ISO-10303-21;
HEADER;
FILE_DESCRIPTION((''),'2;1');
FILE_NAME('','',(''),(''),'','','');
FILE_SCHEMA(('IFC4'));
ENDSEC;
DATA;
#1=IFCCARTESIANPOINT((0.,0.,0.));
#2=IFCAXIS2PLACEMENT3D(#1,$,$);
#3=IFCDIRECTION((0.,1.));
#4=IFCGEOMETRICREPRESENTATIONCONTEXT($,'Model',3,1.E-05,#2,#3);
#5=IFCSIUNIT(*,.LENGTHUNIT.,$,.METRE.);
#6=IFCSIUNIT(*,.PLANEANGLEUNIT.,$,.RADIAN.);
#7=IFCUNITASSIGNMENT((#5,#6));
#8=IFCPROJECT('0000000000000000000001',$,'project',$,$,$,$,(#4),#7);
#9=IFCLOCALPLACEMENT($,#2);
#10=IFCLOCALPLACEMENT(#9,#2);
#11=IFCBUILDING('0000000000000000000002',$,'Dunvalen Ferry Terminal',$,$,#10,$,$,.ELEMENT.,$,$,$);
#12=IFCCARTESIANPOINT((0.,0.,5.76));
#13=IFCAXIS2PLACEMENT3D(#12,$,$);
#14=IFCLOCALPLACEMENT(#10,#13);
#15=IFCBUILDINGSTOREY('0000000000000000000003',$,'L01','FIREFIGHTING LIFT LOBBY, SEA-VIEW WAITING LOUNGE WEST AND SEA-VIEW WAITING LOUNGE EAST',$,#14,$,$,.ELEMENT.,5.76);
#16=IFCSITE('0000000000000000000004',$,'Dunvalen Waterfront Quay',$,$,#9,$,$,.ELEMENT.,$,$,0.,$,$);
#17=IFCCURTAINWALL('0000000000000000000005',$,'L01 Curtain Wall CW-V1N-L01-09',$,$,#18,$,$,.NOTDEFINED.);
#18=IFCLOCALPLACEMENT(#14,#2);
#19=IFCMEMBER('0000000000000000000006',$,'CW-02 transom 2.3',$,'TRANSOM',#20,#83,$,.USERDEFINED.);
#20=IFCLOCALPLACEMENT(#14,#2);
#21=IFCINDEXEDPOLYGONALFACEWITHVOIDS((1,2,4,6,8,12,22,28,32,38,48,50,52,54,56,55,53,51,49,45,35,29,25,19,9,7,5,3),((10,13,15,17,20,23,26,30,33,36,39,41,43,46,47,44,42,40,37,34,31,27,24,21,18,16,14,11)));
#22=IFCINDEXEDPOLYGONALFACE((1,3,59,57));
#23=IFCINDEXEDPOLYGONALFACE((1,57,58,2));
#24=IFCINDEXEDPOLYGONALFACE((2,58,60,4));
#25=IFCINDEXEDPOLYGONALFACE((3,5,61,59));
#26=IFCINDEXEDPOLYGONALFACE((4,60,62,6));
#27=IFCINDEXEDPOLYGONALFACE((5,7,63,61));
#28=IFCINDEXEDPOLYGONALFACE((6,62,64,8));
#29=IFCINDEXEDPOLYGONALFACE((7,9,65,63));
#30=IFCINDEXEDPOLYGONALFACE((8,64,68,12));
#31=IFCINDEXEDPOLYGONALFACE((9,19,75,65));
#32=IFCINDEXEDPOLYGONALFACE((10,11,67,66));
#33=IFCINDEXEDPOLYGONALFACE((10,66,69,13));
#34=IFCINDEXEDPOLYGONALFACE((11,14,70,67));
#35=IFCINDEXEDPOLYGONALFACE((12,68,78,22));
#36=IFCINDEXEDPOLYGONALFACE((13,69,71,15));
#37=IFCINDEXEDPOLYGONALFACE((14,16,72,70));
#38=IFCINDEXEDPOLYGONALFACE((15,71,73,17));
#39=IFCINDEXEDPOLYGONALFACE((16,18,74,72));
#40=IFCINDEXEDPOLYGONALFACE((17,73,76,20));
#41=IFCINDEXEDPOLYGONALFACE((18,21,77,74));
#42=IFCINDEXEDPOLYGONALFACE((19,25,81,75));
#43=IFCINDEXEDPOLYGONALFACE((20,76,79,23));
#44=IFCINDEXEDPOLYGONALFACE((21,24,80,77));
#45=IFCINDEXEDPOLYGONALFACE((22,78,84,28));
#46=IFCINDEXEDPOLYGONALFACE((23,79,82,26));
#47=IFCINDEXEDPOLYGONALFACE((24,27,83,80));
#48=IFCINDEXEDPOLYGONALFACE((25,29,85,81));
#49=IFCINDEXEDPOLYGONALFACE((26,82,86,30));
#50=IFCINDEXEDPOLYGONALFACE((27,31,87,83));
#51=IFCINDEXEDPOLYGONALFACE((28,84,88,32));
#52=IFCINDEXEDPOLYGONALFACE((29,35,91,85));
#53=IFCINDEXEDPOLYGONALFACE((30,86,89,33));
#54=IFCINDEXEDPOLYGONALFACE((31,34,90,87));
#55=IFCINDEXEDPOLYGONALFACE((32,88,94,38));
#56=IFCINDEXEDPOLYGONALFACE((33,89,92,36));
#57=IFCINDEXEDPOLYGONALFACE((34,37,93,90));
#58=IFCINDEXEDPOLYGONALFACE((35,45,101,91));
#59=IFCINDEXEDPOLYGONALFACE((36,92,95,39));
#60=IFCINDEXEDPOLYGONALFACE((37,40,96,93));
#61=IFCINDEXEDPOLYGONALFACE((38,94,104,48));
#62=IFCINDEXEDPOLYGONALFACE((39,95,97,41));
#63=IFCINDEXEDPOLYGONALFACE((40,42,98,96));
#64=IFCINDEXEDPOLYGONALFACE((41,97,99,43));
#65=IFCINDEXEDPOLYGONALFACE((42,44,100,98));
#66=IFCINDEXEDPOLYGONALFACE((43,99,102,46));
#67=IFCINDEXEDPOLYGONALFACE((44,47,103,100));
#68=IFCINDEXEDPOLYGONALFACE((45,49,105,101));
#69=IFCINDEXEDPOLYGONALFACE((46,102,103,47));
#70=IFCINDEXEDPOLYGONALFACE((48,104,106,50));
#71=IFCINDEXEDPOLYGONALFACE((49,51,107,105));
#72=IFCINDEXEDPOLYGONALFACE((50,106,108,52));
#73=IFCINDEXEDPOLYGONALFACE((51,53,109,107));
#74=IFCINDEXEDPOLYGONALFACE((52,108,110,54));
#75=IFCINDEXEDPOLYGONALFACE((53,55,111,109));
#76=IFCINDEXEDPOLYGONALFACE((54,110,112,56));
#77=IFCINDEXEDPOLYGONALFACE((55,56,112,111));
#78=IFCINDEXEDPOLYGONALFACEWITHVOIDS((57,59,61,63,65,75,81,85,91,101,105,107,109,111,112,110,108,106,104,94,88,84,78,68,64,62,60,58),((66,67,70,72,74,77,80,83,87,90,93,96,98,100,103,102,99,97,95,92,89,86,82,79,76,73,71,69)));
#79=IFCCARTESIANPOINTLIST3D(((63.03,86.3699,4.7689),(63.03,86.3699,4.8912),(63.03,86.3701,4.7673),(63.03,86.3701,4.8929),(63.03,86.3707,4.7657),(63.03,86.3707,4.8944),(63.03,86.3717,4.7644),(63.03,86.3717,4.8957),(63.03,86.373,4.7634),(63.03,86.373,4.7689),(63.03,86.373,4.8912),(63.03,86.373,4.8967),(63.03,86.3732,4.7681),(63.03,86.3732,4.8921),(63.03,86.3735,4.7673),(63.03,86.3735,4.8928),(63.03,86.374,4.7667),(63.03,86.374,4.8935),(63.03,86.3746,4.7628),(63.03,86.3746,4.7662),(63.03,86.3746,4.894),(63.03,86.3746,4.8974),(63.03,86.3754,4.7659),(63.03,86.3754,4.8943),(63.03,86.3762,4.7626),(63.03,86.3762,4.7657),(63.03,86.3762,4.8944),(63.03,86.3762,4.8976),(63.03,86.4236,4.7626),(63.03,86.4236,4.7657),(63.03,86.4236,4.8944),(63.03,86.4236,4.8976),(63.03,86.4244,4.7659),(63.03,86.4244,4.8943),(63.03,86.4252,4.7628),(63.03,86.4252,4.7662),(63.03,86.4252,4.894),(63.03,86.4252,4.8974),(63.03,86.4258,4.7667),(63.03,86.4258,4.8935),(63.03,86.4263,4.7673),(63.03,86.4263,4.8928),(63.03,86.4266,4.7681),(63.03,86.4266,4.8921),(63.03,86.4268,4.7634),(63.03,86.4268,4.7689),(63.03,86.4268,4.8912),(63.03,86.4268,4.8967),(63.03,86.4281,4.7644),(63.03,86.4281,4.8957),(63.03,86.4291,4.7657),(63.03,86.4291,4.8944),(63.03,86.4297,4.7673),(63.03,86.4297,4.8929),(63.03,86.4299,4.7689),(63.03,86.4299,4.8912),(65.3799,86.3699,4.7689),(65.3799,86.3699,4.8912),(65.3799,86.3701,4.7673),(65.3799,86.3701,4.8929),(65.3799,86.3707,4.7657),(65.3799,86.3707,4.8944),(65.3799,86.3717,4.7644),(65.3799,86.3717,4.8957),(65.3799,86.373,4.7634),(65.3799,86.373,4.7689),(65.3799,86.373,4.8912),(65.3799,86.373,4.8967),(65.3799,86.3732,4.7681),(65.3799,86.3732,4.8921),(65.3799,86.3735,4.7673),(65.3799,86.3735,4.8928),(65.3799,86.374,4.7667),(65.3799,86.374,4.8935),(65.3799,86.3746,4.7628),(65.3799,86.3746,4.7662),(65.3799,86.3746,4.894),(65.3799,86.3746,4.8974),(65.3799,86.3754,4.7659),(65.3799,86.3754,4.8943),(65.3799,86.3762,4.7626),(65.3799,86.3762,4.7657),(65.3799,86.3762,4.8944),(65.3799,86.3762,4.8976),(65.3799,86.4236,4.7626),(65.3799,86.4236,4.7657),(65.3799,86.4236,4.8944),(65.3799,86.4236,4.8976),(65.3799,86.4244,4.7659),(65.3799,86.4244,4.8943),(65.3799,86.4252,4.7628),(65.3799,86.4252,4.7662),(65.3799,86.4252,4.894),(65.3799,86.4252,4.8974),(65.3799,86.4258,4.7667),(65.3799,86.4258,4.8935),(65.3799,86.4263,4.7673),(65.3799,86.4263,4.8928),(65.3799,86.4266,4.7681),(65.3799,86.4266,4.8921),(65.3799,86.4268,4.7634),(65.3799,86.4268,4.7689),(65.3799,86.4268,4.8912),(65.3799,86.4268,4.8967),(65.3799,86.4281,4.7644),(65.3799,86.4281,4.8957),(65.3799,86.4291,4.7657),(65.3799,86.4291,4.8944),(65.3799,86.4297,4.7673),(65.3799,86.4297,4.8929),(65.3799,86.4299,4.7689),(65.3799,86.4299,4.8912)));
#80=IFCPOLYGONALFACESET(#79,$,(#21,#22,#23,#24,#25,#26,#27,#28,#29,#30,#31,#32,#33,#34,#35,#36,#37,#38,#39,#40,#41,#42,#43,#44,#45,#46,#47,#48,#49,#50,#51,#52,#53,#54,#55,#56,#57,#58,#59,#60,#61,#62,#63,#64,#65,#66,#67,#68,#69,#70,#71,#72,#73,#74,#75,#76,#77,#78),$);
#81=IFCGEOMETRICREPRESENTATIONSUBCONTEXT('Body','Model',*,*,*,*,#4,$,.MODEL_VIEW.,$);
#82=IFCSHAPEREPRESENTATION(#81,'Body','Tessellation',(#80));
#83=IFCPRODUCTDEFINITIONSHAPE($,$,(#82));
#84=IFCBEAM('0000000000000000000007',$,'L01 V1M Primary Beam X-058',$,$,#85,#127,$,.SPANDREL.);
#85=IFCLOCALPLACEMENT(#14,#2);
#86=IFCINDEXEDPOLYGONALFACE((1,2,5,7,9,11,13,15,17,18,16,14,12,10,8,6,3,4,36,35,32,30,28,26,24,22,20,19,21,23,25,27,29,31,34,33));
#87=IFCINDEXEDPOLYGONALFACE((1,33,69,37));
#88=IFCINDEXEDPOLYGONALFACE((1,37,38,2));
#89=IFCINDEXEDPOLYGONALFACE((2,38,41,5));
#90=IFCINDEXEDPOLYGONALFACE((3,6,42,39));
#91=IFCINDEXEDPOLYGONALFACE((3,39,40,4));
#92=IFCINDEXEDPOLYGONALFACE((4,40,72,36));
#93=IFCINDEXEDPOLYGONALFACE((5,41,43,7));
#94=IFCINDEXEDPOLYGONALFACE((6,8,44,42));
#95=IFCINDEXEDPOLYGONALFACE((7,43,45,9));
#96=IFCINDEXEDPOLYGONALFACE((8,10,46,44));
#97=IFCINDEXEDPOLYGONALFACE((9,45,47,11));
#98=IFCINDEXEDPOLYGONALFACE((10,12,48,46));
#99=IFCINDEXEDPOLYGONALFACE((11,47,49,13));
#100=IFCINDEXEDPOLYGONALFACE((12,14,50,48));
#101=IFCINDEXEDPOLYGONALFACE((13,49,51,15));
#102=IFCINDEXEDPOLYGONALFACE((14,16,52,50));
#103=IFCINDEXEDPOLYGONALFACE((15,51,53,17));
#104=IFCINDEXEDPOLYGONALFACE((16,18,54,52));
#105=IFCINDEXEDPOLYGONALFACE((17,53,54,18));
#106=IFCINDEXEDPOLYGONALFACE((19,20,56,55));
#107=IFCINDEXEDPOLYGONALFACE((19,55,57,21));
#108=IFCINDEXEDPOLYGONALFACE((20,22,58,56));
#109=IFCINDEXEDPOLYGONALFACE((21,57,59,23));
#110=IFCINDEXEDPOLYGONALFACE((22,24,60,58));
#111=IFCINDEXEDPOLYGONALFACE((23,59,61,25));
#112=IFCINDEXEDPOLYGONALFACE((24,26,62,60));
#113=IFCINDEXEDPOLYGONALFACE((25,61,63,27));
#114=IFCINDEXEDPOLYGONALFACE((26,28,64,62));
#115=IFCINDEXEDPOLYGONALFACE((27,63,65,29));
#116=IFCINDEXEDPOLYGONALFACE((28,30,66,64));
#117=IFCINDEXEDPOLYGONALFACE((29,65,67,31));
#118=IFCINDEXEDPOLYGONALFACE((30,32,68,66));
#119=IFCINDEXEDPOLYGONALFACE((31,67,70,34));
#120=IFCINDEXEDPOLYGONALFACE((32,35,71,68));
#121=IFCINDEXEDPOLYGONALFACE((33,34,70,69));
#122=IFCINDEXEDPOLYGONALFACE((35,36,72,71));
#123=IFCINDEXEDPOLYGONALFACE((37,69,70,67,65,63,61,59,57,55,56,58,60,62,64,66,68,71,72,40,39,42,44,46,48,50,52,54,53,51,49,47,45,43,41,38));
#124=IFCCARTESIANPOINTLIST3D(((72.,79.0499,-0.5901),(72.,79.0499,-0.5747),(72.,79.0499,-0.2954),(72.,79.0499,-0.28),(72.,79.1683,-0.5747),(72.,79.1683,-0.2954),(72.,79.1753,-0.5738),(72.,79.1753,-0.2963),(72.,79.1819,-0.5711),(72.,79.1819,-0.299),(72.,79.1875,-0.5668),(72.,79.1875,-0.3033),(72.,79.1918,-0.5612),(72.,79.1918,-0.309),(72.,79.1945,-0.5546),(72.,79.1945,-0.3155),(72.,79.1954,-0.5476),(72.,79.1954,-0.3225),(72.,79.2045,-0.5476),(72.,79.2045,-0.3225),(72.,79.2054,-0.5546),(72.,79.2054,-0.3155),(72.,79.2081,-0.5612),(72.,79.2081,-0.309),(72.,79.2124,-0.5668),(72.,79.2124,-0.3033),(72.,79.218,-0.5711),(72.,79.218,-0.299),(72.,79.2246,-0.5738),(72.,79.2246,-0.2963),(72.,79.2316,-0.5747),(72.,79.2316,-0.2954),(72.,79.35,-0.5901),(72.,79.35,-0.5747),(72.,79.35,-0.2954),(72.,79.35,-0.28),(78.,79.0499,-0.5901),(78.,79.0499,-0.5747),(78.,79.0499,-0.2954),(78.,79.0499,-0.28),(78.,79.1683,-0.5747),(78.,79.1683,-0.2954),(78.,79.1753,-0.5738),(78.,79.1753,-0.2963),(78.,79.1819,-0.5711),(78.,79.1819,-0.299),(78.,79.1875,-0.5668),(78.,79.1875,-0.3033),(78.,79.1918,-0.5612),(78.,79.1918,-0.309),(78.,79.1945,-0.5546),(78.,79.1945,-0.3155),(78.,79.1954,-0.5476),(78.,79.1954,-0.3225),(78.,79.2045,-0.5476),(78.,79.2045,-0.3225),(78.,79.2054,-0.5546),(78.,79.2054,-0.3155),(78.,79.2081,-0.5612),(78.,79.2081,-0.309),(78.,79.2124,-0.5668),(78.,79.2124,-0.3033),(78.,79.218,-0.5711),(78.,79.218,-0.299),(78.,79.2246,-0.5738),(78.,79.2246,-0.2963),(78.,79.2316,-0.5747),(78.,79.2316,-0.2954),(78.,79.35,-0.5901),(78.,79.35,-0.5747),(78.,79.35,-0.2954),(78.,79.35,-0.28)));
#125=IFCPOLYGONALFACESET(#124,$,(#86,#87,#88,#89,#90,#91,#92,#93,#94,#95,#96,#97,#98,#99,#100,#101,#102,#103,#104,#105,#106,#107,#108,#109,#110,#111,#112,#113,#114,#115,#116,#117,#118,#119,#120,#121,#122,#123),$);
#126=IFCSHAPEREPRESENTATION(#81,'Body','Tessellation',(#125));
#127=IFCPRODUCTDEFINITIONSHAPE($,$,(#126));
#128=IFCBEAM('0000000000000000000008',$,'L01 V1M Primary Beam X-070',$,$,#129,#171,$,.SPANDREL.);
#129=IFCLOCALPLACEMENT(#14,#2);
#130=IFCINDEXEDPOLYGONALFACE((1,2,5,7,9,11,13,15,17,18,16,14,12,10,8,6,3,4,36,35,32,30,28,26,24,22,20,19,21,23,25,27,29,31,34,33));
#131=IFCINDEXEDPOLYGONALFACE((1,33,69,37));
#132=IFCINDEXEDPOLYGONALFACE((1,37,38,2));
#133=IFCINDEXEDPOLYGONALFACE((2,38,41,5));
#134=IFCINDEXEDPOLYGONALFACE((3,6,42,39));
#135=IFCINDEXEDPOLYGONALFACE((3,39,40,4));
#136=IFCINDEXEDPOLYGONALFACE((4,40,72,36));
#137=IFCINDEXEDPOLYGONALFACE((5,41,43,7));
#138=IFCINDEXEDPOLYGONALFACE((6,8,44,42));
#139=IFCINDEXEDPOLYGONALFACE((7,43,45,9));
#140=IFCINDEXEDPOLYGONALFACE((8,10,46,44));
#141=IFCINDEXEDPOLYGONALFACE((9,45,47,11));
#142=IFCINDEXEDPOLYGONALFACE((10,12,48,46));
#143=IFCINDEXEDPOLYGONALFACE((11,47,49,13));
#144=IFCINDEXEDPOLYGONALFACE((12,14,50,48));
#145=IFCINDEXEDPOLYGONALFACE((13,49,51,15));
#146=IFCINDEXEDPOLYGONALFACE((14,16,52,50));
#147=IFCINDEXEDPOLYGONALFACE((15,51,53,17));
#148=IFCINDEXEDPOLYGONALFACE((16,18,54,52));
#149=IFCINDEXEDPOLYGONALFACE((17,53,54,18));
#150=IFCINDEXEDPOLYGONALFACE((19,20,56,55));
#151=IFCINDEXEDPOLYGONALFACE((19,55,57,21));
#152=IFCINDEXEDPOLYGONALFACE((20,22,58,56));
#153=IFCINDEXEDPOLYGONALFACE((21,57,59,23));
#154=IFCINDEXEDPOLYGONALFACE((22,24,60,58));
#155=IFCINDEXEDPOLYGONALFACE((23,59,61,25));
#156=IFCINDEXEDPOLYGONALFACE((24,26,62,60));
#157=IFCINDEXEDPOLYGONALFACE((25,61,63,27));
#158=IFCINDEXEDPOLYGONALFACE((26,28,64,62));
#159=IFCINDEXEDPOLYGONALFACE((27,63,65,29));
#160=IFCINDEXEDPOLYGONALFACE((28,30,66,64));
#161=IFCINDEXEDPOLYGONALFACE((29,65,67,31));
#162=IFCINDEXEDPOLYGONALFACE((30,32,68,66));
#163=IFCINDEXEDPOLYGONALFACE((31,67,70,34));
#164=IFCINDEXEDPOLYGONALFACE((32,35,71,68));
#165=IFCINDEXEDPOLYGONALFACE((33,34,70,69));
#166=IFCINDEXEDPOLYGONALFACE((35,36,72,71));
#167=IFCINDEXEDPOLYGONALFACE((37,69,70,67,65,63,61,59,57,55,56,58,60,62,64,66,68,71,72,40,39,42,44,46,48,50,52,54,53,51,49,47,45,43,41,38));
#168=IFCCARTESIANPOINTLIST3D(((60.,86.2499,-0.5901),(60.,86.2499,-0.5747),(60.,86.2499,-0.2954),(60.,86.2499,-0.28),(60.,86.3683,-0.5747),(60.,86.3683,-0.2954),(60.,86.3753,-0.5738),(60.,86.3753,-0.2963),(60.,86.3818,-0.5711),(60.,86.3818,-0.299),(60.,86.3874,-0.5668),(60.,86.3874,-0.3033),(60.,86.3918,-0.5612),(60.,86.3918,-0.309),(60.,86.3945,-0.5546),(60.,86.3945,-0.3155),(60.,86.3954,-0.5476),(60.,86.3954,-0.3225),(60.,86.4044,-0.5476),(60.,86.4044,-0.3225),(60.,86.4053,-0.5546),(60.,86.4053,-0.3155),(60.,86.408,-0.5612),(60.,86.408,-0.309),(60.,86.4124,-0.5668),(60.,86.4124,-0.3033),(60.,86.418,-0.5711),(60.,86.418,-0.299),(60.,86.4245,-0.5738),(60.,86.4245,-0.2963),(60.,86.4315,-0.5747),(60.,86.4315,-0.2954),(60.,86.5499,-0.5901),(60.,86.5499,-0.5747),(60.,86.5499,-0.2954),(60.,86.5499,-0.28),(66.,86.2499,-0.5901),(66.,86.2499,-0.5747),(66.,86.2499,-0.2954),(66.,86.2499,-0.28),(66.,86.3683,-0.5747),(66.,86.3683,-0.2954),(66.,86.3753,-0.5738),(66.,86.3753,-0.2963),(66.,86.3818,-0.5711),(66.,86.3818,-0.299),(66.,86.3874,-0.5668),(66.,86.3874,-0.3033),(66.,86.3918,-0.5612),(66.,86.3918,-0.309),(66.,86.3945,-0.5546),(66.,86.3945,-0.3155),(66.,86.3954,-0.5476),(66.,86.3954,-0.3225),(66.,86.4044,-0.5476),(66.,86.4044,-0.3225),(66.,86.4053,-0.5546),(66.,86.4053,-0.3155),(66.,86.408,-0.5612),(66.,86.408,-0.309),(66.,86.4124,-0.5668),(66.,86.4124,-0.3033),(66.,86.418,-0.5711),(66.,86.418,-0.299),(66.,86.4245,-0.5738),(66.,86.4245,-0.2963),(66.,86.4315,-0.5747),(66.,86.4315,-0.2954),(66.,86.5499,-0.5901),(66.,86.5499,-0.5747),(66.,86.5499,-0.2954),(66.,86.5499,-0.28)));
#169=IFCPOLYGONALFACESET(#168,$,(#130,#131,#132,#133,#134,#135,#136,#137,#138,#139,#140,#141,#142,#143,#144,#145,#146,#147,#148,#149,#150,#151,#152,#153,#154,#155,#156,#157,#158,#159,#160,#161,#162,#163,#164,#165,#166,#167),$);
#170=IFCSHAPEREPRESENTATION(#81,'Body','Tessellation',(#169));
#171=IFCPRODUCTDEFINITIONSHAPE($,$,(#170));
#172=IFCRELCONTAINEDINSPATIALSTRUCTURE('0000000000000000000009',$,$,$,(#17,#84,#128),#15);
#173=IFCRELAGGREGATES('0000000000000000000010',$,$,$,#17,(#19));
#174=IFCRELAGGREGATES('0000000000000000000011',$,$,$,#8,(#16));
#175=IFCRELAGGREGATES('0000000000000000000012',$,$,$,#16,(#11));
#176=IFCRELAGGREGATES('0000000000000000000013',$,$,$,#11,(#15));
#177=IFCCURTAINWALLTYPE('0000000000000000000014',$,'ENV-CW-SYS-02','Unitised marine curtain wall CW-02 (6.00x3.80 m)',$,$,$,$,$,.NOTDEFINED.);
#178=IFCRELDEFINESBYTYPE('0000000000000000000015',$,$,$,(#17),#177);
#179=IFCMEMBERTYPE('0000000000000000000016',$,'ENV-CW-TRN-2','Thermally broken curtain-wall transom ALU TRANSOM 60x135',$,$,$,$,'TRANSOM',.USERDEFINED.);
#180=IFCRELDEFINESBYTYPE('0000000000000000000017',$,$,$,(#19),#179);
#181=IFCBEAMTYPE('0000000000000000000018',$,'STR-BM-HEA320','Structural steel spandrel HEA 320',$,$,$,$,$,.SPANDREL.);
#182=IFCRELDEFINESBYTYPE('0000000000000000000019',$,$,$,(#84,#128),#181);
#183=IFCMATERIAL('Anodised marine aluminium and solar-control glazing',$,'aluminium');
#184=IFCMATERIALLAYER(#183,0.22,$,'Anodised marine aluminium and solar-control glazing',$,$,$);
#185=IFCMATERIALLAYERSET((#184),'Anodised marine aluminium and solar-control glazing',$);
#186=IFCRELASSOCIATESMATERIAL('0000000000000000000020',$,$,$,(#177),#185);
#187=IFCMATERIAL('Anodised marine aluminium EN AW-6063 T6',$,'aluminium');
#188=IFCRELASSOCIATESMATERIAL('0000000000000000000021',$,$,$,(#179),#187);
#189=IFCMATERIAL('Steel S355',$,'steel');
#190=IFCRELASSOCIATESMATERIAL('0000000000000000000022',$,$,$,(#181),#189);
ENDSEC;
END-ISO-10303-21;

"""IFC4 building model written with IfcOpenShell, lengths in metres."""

from ifc_helpers import new_model, si_unit, direction, frame, origin, origin_2d, place, context, subcontext, project, spatial, hollow_rectangle, i_section, extrude, material, layer, layer_set, material_profile, profile_set, type_object, element, aggregate, save


model = new_model("IFC4")

# Units and contexts
model_context = context("Model", 3, precision=1e-05, world=origin(), true_north=direction((0.0, 1.0)))
body_context = subcontext(model_context, "Body", "Model", "MODEL_VIEW")
ifc_project = project(units=[si_unit("LENGTHUNIT", "METRE"), si_unit("PLANEANGLEUNIT", "RADIAN")], contexts=[model_context])

# Site, building, storey
site_placement = place(None, origin())
site = spatial("IfcSite", under=ifc_project, at=site_placement, Name="Dunvalen Waterfront Quay", CompositionType="ELEMENT", RefElevation=0.0)
building_placement = place(site_placement, origin())
building = spatial("IfcBuilding", under=site, at=building_placement, Name="Dunvalen Ferry Terminal", CompositionType="ELEMENT")
storey_placement = place(building_placement, frame((0.0, 0.0, 5.76)))
storey = spatial("IfcBuildingStorey", under=building, at=storey_placement, Name="L01", Description="FIREFIGHTING LIFT LOBBY, SEA-VIEW WAITING LOUNGE WEST AND SEA-VIEW WAITING LOUNGE EAST", CompositionType="ELEMENT", Elevation=5.76)

# Curtain wall, member
ifc_material_1 = material(Name="Anodised marine aluminium and solar-control glazing", Category="aluminium")
ifc_layer_1 = layer(ifc_material_1, 0.22, Name="Anodised marine aluminium and solar-control glazing")
ifc_layer_set_1 = layer_set([ifc_layer_1], Name="Anodised marine aluminium and solar-control glazing")
curtain_wall_type = type_object("IfcCurtainWallType", Name="ENV-CW-SYS-02", Description="Unitised marine curtain wall CW-02 (6.00x3.80 m)", PredefinedType="NOTDEFINED", material=ifc_layer_set_1)
curtain_wall_placement = place(storey_placement, origin())
curtain_wall = element("IfcCurtainWall", 1, at=curtain_wall_placement, inside=storey, type_object=curtain_wall_type, Name="L01 Curtain Wall CW-V1N-L01-09", PredefinedType="NOTDEFINED")
ifc_material_2 = material(Name="Anodised marine aluminium EN AW-6063 T6", Category="aluminium")
ifc_material_profile_1 = material_profile(ifc_material_2, hollow_rectangle(XDim=0.0601, YDim=0.135, WallThickness=0.0032, InnerFilletRadius=0.0032, OuterFilletRadius=0.0063, at=origin_2d()), Name="Anodised marine aluminium EN AW-6063 T6")
ifc_profile_set_1 = profile_set([ifc_material_profile_1], Name="Anodised marine aluminium EN AW-6063 T6")
member_type_1 = type_object("IfcMemberType", Name="ENV-CW-TRN-2", Description="Thermally broken curtain-wall transom ALU TRANSOM 60x135", ElementType="TRANSOM", PredefinedType="USERDEFINED", material=ifc_profile_set_1)
member_1_placement = place(storey_placement, frame((63.03, 86.3999, 4.8301), z_axis=(1.0, 0.0, 0.0), x_axis=(0.0, 1.0, 0.0)))
member_1 = element("IfcMember", 2, at=member_1_placement, type_object=member_type_1, Name="CW-02 transom 2.3", ObjectType="TRANSOM", PredefinedType="USERDEFINED", context=body_context, shape_type="SweptSolid", body=[
    extrude(hollow_rectangle(XDim=0.0601, YDim=0.135, WallThickness=0.0032, InnerFilletRadius=0.0032, OuterFilletRadius=0.0063, at=origin_2d()), origin(), (0.0, 0.0, 1.0), 2.3499),
])

# Beams
ifc_material_3 = material(Name="Steel S355", Category="steel")
ifc_material_profile_2 = material_profile(ifc_material_3, i_section(OverallWidth=0.3, OverallDepth=0.3101, WebThickness=0.009, FlangeThickness=0.0154, FilletRadius=0.0271, at=origin_2d()), Name="Steel S355")
ifc_profile_set_2 = profile_set([ifc_material_profile_2], Name="Steel S355")
beam_type_1 = type_object("IfcBeamType", Name="STR-BM-HEA320", Description="Structural steel spandrel HEA 320", PredefinedType="SPANDREL", material=ifc_profile_set_2)
for number, where, z_axis, x_axis, name in (
    (3, (72.0, 79.2, -0.4351), (1.0, 0.0, 0.0), (0.0, 1.0, 0.0), "L01 V1M Primary Beam X-058"),
    (4, (60.0, 86.3999, -0.4351), (1.0, 0.0, 0.0), (0.0, 1.0, 0.0), "L01 V1M Primary Beam X-070"),
):
    element("IfcBeam", number, at=place(storey_placement, frame(where, z_axis=z_axis, x_axis=x_axis)), inside=storey, type_object=beam_type_1, Name=name, PredefinedType="SPANDREL", context=body_context, shape_type="SweptSolid", body=[
        extrude(i_section(OverallWidth=0.3, OverallDepth=0.3101, WebThickness=0.009, FlangeThickness=0.0154, FilletRadius=0.0271, at=origin_2d()), origin(), (0.0, 0.0, 1.0), 6.0),
    ])

aggregate(curtain_wall, [member_1])

save(model, "model.ifc")
